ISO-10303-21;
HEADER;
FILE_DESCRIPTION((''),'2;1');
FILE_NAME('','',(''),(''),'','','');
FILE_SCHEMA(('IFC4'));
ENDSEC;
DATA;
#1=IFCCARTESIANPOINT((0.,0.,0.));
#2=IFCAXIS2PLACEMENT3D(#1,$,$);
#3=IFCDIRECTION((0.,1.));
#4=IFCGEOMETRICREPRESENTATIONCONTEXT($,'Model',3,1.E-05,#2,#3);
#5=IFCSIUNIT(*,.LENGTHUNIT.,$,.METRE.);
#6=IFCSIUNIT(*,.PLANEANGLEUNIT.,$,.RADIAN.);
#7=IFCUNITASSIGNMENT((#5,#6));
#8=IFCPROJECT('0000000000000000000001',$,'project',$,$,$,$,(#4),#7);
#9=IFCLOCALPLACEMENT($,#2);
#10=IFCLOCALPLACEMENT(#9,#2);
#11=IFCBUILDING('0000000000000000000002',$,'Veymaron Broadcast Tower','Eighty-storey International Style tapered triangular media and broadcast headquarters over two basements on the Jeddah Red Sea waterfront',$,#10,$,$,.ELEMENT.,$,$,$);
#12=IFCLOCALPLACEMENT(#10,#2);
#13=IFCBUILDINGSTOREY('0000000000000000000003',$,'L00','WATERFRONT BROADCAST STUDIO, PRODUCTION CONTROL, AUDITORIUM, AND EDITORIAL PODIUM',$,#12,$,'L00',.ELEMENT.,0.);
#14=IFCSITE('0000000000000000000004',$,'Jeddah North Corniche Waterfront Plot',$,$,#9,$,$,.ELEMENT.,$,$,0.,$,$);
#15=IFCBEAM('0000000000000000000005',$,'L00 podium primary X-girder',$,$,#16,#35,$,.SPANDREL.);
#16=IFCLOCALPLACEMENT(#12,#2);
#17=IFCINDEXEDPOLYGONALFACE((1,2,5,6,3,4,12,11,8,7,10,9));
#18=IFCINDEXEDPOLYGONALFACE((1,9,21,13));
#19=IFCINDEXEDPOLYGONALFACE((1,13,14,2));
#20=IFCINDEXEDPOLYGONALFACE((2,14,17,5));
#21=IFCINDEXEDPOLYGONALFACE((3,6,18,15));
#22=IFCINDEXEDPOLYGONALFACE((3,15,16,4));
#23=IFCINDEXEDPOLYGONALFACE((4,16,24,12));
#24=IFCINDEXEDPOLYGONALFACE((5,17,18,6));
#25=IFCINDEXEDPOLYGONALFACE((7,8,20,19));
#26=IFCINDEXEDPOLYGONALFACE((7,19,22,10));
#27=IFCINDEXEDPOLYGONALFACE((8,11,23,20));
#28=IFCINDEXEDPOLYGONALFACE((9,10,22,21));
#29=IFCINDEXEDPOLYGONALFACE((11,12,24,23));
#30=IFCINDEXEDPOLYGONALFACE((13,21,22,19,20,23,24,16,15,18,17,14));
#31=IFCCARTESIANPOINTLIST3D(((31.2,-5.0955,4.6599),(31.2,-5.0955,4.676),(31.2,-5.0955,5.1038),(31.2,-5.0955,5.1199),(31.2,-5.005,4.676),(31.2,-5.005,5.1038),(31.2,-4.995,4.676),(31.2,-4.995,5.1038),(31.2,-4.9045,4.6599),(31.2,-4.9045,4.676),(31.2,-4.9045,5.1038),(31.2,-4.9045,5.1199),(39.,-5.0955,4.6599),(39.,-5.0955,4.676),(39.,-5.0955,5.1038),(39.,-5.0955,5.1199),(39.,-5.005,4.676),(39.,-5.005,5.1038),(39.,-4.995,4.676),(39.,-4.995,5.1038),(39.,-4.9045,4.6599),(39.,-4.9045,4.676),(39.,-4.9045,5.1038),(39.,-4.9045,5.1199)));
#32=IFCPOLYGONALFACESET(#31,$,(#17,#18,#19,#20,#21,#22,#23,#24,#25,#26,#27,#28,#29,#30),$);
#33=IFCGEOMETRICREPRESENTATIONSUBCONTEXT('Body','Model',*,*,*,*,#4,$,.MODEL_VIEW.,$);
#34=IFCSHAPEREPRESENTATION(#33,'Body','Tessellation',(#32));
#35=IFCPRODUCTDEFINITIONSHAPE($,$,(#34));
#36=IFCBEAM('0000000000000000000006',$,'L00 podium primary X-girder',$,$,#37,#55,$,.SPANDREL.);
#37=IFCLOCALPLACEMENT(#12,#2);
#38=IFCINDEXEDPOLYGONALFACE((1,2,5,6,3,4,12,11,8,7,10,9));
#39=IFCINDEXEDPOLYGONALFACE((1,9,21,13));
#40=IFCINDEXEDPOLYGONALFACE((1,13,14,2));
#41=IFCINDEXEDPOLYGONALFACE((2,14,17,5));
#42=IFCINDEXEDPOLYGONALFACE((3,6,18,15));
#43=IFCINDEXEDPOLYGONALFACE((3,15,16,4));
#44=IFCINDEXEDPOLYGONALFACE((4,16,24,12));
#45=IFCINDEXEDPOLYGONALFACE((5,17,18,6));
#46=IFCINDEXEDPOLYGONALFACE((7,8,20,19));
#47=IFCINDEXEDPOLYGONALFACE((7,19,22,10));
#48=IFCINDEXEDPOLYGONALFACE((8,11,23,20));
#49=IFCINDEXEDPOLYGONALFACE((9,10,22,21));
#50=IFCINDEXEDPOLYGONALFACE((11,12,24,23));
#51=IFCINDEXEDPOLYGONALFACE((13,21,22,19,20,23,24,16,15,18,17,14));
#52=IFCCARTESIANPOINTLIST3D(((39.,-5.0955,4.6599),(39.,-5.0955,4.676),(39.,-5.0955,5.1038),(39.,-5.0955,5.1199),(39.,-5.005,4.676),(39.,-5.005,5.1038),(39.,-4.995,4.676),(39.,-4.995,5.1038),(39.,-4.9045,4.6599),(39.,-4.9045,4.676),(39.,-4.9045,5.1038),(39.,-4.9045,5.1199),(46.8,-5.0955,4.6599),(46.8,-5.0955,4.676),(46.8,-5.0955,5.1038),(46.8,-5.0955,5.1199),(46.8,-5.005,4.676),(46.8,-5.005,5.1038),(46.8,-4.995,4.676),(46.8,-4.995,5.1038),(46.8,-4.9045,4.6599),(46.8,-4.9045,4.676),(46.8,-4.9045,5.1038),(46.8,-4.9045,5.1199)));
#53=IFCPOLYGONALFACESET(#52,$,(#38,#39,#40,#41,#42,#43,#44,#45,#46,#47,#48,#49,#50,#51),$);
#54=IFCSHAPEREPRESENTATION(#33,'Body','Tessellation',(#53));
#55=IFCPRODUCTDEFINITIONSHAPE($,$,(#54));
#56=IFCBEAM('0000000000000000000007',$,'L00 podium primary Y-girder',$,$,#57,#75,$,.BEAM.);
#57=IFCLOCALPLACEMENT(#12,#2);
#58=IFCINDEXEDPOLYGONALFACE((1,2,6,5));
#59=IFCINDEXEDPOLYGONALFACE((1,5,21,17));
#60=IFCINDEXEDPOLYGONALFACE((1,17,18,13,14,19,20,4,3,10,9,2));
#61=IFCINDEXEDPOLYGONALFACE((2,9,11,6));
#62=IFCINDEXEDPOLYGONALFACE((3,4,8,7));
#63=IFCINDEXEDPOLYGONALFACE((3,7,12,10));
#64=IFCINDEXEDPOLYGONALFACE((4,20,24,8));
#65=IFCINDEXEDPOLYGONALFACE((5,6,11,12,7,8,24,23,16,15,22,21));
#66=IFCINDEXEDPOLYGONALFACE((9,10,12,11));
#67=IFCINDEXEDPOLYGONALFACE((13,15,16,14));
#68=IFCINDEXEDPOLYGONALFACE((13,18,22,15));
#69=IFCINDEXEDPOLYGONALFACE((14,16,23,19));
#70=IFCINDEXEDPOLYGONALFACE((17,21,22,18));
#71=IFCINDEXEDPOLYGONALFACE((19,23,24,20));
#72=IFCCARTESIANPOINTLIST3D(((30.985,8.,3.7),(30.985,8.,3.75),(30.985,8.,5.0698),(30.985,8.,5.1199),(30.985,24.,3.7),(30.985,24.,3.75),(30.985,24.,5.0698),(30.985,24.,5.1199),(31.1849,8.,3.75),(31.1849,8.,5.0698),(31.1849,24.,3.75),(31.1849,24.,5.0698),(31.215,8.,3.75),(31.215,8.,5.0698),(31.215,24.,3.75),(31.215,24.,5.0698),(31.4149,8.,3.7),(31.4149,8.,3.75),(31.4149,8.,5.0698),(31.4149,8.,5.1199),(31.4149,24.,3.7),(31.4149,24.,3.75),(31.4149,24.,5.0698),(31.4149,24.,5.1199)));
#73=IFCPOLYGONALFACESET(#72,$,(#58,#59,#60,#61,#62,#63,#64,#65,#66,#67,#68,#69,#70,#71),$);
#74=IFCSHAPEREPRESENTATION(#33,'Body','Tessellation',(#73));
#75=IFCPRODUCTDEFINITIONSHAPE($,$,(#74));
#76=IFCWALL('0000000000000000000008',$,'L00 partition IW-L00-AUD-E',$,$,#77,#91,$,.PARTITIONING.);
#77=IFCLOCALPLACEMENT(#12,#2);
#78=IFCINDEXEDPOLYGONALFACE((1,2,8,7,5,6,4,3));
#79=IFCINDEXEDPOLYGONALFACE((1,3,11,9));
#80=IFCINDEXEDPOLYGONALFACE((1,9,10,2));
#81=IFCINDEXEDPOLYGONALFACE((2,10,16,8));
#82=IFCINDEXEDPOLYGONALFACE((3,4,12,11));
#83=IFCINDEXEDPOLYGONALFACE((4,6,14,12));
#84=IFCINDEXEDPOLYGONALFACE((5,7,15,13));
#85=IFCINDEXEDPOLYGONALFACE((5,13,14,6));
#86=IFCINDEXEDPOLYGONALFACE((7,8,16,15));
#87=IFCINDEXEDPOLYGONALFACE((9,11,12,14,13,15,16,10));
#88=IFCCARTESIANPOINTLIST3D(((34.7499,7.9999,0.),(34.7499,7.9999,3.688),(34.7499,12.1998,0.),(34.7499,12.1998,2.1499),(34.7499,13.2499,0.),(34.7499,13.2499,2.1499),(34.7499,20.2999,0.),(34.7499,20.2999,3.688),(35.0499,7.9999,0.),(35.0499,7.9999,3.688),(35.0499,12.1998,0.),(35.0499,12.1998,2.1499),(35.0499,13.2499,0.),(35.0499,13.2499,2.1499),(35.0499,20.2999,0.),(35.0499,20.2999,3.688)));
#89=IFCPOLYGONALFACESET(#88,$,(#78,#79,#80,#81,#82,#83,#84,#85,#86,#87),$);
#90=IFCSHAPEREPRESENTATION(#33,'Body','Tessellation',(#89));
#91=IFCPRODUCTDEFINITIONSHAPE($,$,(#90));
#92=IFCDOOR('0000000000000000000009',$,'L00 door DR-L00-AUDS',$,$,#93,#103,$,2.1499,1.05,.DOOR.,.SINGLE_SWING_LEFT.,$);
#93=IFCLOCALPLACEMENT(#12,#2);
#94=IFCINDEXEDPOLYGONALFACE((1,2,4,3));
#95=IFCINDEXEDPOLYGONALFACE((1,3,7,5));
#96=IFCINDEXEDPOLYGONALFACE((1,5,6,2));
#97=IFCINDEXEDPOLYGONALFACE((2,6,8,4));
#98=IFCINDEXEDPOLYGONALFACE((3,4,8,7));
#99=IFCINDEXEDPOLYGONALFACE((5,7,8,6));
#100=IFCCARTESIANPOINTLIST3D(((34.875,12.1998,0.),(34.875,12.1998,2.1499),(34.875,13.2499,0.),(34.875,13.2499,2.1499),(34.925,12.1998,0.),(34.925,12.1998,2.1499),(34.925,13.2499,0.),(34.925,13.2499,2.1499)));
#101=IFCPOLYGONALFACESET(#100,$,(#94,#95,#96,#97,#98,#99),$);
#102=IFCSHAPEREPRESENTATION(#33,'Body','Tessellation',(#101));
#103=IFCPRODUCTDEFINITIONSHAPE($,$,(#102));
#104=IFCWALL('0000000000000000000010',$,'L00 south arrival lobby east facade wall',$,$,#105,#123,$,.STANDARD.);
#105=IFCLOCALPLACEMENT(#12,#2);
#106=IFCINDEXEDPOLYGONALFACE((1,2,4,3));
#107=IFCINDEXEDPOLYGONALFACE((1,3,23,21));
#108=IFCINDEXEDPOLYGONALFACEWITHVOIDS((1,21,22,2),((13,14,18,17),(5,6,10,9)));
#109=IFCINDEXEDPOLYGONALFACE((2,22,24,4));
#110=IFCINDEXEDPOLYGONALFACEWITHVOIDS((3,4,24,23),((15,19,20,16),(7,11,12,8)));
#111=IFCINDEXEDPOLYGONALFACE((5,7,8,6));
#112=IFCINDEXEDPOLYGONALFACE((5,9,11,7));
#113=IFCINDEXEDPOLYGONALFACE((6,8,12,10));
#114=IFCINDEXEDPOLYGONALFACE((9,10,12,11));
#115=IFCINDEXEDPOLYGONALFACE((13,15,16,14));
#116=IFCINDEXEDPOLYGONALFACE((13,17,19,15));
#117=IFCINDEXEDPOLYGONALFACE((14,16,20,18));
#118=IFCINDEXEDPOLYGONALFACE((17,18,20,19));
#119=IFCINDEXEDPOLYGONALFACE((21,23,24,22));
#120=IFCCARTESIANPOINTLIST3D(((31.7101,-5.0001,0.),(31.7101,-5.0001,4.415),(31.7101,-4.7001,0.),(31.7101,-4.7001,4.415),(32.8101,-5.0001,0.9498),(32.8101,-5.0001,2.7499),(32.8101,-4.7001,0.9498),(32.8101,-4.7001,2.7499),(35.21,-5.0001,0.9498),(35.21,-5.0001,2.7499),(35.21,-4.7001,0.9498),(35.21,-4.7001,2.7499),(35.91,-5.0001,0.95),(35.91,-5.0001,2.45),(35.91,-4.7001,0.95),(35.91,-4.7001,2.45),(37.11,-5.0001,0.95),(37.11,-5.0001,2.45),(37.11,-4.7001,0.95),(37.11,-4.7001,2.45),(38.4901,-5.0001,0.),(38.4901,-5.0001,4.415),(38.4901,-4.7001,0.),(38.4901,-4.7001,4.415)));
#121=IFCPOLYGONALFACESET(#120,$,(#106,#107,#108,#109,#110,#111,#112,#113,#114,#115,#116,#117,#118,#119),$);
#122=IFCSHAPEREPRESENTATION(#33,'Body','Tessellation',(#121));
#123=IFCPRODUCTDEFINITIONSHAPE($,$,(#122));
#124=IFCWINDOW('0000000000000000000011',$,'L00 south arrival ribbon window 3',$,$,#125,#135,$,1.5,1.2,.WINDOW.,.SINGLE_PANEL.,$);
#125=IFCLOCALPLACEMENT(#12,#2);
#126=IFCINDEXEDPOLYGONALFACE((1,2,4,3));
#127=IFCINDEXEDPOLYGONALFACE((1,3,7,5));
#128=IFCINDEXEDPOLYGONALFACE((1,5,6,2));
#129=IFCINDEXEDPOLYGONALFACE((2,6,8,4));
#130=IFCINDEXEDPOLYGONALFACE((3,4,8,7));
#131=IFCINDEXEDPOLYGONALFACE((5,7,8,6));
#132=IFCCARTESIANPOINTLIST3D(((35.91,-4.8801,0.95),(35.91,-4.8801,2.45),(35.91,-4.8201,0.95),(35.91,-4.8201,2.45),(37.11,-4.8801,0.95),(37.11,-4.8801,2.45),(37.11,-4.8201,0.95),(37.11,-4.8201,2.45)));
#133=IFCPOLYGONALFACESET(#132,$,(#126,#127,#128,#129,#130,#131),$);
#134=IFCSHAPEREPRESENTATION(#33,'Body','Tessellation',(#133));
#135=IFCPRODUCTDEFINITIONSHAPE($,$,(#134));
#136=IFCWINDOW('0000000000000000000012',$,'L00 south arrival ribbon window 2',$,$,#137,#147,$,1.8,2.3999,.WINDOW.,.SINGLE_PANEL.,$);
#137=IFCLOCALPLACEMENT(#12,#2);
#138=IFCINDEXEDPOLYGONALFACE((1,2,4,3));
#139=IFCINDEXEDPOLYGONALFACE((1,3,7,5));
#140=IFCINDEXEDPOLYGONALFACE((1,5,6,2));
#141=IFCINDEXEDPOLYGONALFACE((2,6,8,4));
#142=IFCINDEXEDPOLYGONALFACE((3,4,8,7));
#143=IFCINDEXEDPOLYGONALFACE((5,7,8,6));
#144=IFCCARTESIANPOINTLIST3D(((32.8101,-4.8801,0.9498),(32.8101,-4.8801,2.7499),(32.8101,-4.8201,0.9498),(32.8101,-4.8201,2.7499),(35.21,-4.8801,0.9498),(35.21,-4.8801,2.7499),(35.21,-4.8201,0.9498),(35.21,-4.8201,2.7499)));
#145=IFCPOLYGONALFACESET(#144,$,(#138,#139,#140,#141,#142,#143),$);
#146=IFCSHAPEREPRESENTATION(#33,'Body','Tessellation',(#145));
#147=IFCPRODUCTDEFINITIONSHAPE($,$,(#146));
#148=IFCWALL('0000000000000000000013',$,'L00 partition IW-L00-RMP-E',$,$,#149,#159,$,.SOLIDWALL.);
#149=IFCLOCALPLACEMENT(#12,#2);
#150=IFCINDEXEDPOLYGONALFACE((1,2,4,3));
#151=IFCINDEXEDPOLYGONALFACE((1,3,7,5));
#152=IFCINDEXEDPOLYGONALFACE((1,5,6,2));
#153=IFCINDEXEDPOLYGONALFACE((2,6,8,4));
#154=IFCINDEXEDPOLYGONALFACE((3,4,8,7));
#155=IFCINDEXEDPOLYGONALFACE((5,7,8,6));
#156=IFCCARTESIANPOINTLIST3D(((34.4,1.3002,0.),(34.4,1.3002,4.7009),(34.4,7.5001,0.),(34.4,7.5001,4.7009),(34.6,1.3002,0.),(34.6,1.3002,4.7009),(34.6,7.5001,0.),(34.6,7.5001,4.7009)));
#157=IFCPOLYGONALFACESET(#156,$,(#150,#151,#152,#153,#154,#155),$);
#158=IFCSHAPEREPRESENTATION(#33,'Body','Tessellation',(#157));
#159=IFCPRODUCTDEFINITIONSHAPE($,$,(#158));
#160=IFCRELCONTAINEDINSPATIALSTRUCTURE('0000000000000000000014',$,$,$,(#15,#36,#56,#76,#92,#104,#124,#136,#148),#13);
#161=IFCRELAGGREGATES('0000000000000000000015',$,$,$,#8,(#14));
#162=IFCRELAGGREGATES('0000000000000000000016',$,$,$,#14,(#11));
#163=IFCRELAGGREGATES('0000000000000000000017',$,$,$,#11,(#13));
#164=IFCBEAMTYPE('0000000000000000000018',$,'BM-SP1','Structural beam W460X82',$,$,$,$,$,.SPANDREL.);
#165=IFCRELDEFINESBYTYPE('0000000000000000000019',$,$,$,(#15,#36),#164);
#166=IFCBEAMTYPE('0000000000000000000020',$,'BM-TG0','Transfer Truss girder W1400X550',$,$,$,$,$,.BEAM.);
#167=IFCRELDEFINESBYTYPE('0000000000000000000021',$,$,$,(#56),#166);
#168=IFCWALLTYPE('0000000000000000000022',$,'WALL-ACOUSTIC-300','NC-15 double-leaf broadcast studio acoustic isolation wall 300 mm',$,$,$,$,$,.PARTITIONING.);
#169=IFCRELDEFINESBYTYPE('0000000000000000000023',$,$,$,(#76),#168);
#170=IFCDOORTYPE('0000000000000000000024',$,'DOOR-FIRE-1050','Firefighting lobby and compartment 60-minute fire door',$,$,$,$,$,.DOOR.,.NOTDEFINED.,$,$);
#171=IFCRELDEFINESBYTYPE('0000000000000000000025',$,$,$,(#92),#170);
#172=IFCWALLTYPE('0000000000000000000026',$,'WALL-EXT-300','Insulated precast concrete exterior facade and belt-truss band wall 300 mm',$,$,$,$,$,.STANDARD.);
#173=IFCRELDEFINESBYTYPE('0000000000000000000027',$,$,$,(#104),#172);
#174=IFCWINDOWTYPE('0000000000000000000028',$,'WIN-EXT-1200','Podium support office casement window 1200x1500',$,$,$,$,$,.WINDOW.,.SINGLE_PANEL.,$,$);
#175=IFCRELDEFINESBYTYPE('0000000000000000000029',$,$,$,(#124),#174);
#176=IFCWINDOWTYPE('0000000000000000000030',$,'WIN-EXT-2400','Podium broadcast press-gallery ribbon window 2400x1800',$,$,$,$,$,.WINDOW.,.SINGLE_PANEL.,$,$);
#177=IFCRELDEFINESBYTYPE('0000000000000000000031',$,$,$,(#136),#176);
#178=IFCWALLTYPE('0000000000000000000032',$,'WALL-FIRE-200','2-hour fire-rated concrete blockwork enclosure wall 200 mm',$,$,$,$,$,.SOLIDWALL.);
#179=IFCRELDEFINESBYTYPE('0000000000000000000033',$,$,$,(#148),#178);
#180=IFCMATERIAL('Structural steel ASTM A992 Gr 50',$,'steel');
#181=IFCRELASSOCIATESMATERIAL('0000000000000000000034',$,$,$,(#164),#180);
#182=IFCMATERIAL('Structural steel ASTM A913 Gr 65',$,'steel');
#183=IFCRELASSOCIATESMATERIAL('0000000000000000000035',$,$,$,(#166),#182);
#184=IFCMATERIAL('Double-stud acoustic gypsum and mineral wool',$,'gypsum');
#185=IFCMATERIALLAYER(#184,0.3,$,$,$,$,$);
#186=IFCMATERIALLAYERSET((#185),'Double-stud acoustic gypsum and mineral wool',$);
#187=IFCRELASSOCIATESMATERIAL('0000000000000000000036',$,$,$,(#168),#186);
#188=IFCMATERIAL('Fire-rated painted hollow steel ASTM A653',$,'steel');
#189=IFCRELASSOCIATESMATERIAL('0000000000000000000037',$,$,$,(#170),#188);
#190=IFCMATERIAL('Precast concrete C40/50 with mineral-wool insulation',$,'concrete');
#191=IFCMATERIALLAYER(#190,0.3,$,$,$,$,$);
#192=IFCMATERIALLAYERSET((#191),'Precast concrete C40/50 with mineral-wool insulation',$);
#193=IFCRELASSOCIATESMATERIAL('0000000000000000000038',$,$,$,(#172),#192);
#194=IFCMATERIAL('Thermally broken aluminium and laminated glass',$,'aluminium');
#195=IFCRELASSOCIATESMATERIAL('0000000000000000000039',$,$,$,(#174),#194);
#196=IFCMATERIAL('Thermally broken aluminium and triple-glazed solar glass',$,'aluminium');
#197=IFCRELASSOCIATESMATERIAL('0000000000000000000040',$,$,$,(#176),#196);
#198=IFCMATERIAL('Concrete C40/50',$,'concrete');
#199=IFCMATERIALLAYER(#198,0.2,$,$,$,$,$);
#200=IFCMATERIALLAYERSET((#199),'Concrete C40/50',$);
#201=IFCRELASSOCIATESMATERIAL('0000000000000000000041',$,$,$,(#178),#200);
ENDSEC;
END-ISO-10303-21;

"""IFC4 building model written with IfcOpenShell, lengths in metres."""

from ifc_helpers import new_model, si_unit, direction, frame, frame_2d, origin, origin_2d, place, context, subcontext, project, spatial, rectangle, i_section, extrude, material, layer, layer_set, material_profile, profile_set, type_object, element, fill, save


model = new_model("IFC4")

# Units and contexts
model_context = context("Model", 3, precision=1e-05, world=origin(), true_north=direction((0.0, 1.0)))
body_context = subcontext(model_context, "Body", "Model", "MODEL_VIEW")
ifc_project = project(units=[si_unit("LENGTHUNIT", "METRE"), si_unit("PLANEANGLEUNIT", "RADIAN")], contexts=[model_context])

# Site, building, storey
site_placement = place(None, origin())
site = spatial("IfcSite", under=ifc_project, at=site_placement, Name="Jeddah North Corniche Waterfront Plot", CompositionType="ELEMENT", RefElevation=0.0)
building_placement = place(site_placement, origin())
building = spatial("IfcBuilding", under=site, at=building_placement, Name="Veymaron Broadcast Tower", Description="Eighty-storey International Style tapered triangular media and broadcast headquarters over two basements on the Jeddah Red Sea waterfront", CompositionType="ELEMENT")
storey_placement = place(building_placement, origin())
storey = spatial("IfcBuildingStorey", under=building, at=storey_placement, Name="L00", Description="WATERFRONT BROADCAST STUDIO, PRODUCTION CONTROL, AUDITORIUM, AND EDITORIAL PODIUM", LongName="L00", CompositionType="ELEMENT", Elevation=0.0)

# Beams
ifc_material_1 = material(Name="Structural steel ASTM A992 Gr 50", Category="steel")
ifc_material_profile_1 = material_profile(ifc_material_1, i_section(OverallWidth=0.1909, OverallDepth=0.46, WebThickness=0.01, FlangeThickness=0.0161, at=origin_2d()), Name="W460X82")
ifc_profile_set_1 = profile_set([ifc_material_profile_1], Name="Structural steel ASTM A992 Gr 50")
beam_type_1 = type_object("IfcBeamType", Name="BM-SP1", Description="Structural beam W460X82", PredefinedType="SPANDREL", material=ifc_profile_set_1)
for number, where, z_axis, x_axis, name in (
    (1, (31.2, -5.0, 4.8899), (1.0, 0.0, 0.0), (0.0, 1.0, 0.0), "L00 podium primary X-girder"),
    (2, (39.0, -5.0, 4.8899), (1.0, 0.0, 0.0), (0.0, 1.0, 0.0), "L00 podium primary X-girder"),
):
    element("IfcBeam", number, at=place(storey_placement, frame(where, z_axis=z_axis, x_axis=x_axis)), inside=storey, type_object=beam_type_1, Name=name, PredefinedType="SPANDREL", context=body_context, shape_type="SweptSolid", body=[
        extrude(i_section(OverallWidth=0.1909, OverallDepth=0.46, WebThickness=0.01, FlangeThickness=0.0161, at=origin_2d()), origin(), (0.0, 0.0, 1.0), 7.8),
    ])
ifc_material_2 = material(Name="Structural steel ASTM A913 Gr 65", Category="steel")
ifc_material_profile_2 = material_profile(ifc_material_2, i_section(OverallWidth=0.4299, OverallDepth=1.4199, WebThickness=0.03, FlangeThickness=0.05, at=origin_2d()), Name="W1400X550")
ifc_profile_set_2 = profile_set([ifc_material_profile_2], Name="Structural steel ASTM A913 Gr 65")
beam_type_2 = type_object("IfcBeamType", Name="BM-TG0", Description="Transfer Truss girder W1400X550", PredefinedType="BEAM", material=ifc_profile_set_2)
beam_1_placement = place(storey_placement, frame((31.2, 8.0, 4.4099), z_axis=(0.0, 1.0, 0.0), x_axis=(-1.0, 0.0, 0.0)))
element("IfcBeam", 3, at=beam_1_placement, inside=storey, type_object=beam_type_2, Name="L00 podium primary Y-girder", PredefinedType="BEAM", context=body_context, shape_type="SweptSolid", body=[
    extrude(i_section(OverallWidth=0.4299, OverallDepth=1.4199, WebThickness=0.03, FlangeThickness=0.05, at=origin_2d()), origin(), (0.0, 0.0, 1.0), 16.0),
])

# Wall, opening, door
ifc_material_3 = material(Name="Double-stud acoustic gypsum and mineral wool", Category="gypsum")
ifc_layer_1 = layer(ifc_material_3, 0.3)
ifc_layer_set_1 = layer_set([ifc_layer_1], Name="Double-stud acoustic gypsum and mineral wool")
wall_type_1 = type_object("IfcWallType", Name="WALL-ACOUSTIC-300", Description="NC-15 double-leaf broadcast studio acoustic isolation wall 300 mm", PredefinedType="PARTITIONING", material=ifc_layer_set_1)
wall_1_placement = place(storey_placement, frame((34.8999, 8.0, 0.0), z_axis=(0.0, 0.0, 1.0), x_axis=(0.0, 1.0, 0.0)))
wall_1 = element("IfcWall", 4, at=wall_1_placement, inside=storey, type_object=wall_type_1, Name="L00 partition IW-L00-AUD-E", PredefinedType="PARTITIONING", context=body_context, shape_type="SweptSolid", body=[
    extrude(rectangle(XDim=12.3, YDim=0.3, at=frame_2d((6.1499, 0.0))), origin(), (0.0, 0.0, 1.0), 3.688),
])
opening_1_placement = place(wall_1_placement, frame((4.2, 0.0, 0.0)))
opening_1 = element("IfcOpeningElement", 5, at=opening_1_placement, cuts=wall_1, PredefinedType="OPENING", context=body_context, shape_type="SweptSolid", body=[
    extrude(rectangle(XDim=1.05, YDim=2.1499, at=frame_2d((0.5249, 1.075))), frame((0.0, 0.1602, 0.0), z_axis=(0.0, -1.0, 0.0), x_axis=(1.0, 0.0, 0.0)), (0.0, 0.0, 1.0), 0.3201),
])
ifc_material_4 = material(Name="Fire-rated painted hollow steel ASTM A653", Category="steel")
door_type = type_object("IfcDoorType", Name="DOOR-FIRE-1050", Description="Firefighting lobby and compartment 60-minute fire door", OperationType="NOTDEFINED", PredefinedType="DOOR", material=ifc_material_4)
door_placement = place(opening_1_placement, origin())
door = element("IfcDoor", 6, at=door_placement, inside=storey, type_object=door_type, Name="L00 door DR-L00-AUDS", OperationType="SINGLE_SWING_LEFT", OverallHeight=2.1499, OverallWidth=1.05, PredefinedType="DOOR", context=body_context, shape_type="SweptSolid", body=[
    extrude(rectangle(XDim=1.05, YDim=2.1499, at=frame_2d((0.5249, 1.075))), frame((0.0, 0.0249, 0.0), z_axis=(0.0, -1.0, 0.0), x_axis=(1.0, 0.0, 0.0)), (0.0, 0.0, 1.0), 0.05),
])
fill(opening_1, door)

# Wall, openings, windows
ifc_material_5 = material(Name="Precast concrete C40/50 with mineral-wool insulation", Category="concrete")
ifc_layer_2 = layer(ifc_material_5, 0.3)
ifc_layer_set_2 = layer_set([ifc_layer_2], Name="Precast concrete C40/50 with mineral-wool insulation")
wall_type_2 = type_object("IfcWallType", Name="WALL-EXT-300", Description="Insulated precast concrete exterior facade and belt-truss band wall 300 mm", PredefinedType="STANDARD", material=ifc_layer_set_2)
wall_2_placement = place(storey_placement, frame((31.71, -4.8501, 0.0), z_axis=(0.0, 0.0, 1.0), x_axis=(1.0, 0.0, 0.0)))
wall_2 = element("IfcWall", 7, at=wall_2_placement, inside=storey, type_object=wall_type_2, Name="L00 south arrival lobby east facade wall", PredefinedType="STANDARD", context=body_context, shape_type="SweptSolid", body=[
    extrude(rectangle(XDim=6.78, YDim=0.3, at=frame_2d((3.3901, 0.0))), origin(), (0.0, 0.0, 1.0), 4.415),
])
opening_2_placement = place(wall_2_placement, frame((1.1001, 0.0, 0.95)))
opening_2 = element("IfcOpeningElement", 8, at=opening_2_placement, cuts=wall_2, PredefinedType="OPENING", context=body_context, shape_type="SweptSolid", body=[
    extrude(rectangle(XDim=2.3999, YDim=1.8, at=frame_2d((1.2, 0.8999))), frame((0.0, 0.1602, 0.0), z_axis=(0.0, -1.0, 0.0), x_axis=(1.0, 0.0, 0.0)), (0.0, 0.0, 1.0), 0.3201),
])
opening_3_placement = place(wall_2_placement, frame((4.2, 0.0, 0.95)))
opening_3 = element("IfcOpeningElement", 9, at=opening_3_placement, cuts=wall_2, PredefinedType="OPENING", context=body_context, shape_type="SweptSolid", body=[
    extrude(rectangle(XDim=1.2, YDim=1.5, at=frame_2d((0.6001, 0.75))), frame((0.0, 0.1602, 0.0), z_axis=(0.0, -1.0, 0.0), x_axis=(1.0, 0.0, 0.0)), (0.0, 0.0, 1.0), 0.3201),
])
ifc_material_6 = material(Name="Thermally broken aluminium and laminated glass", Category="aluminium")
window_type_1 = type_object("IfcWindowType", Name="WIN-EXT-1200", Description="Podium support office casement window 1200x1500", PartitioningType="SINGLE_PANEL", PredefinedType="WINDOW", material=ifc_material_6)
window_1_placement = place(opening_3_placement, origin())
window_1 = element("IfcWindow", 10, at=window_1_placement, inside=storey, type_object=window_type_1, Name="L00 south arrival ribbon window 3", OverallHeight=1.5, OverallWidth=1.2, PartitioningType="SINGLE_PANEL", PredefinedType="WINDOW", context=body_context, shape_type="SweptSolid", body=[
    extrude(rectangle(XDim=1.2, YDim=1.5, at=frame_2d((0.6001, 0.75))), frame((0.0, 0.03, 0.0), z_axis=(0.0, -1.0, 0.0), x_axis=(1.0, 0.0, 0.0)), (0.0, 0.0, 1.0), 0.0601),
])
fill(opening_3, window_1)
ifc_material_7 = material(Name="Thermally broken aluminium and triple-glazed solar glass", Category="aluminium")
window_type_2 = type_object("IfcWindowType", Name="WIN-EXT-2400", Description="Podium broadcast press-gallery ribbon window 2400x1800", PartitioningType="SINGLE_PANEL", PredefinedType="WINDOW", material=ifc_material_7)
window_2_placement = place(opening_2_placement, origin())
window_2 = element("IfcWindow", 11, at=window_2_placement, inside=storey, type_object=window_type_2, Name="L00 south arrival ribbon window 2", OverallHeight=1.8, OverallWidth=2.3999, PartitioningType="SINGLE_PANEL", PredefinedType="WINDOW", context=body_context, shape_type="SweptSolid", body=[
    extrude(rectangle(XDim=2.3999, YDim=1.8, at=frame_2d((1.2, 0.8999))), frame((0.0, 0.03, 0.0), z_axis=(0.0, -1.0, 0.0), x_axis=(1.0, 0.0, 0.0)), (0.0, 0.0, 1.0), 0.0601),
])
fill(opening_2, window_2)

# Wall
ifc_material_8 = material(Name="Concrete C40/50", Category="concrete")
ifc_layer_3 = layer(ifc_material_8, 0.2)
ifc_layer_set_3 = layer_set([ifc_layer_3], Name="Concrete C40/50")
wall_type_3 = type_object("IfcWallType", Name="WALL-FIRE-200", Description="2-hour fire-rated concrete blockwork enclosure wall 200 mm", PredefinedType="SOLIDWALL", material=ifc_layer_set_3)
wall_3_placement = place(storey_placement, frame((34.5, 1.3, 0.0), z_axis=(0.0, 0.0, 1.0), x_axis=(0.0, 1.0, 0.0)))
element("IfcWall", 12, at=wall_3_placement, inside=storey, type_object=wall_type_3, Name="L00 partition IW-L00-RMP-E", PredefinedType="SOLIDWALL", context=body_context, shape_type="SweptSolid", body=[
    extrude(rectangle(XDim=6.2, YDim=0.2, at=frame_2d((3.1001, 0.0))), origin(), (0.0, 0.0, 1.0), 4.7009),
])

save(model, "model.ifc")
